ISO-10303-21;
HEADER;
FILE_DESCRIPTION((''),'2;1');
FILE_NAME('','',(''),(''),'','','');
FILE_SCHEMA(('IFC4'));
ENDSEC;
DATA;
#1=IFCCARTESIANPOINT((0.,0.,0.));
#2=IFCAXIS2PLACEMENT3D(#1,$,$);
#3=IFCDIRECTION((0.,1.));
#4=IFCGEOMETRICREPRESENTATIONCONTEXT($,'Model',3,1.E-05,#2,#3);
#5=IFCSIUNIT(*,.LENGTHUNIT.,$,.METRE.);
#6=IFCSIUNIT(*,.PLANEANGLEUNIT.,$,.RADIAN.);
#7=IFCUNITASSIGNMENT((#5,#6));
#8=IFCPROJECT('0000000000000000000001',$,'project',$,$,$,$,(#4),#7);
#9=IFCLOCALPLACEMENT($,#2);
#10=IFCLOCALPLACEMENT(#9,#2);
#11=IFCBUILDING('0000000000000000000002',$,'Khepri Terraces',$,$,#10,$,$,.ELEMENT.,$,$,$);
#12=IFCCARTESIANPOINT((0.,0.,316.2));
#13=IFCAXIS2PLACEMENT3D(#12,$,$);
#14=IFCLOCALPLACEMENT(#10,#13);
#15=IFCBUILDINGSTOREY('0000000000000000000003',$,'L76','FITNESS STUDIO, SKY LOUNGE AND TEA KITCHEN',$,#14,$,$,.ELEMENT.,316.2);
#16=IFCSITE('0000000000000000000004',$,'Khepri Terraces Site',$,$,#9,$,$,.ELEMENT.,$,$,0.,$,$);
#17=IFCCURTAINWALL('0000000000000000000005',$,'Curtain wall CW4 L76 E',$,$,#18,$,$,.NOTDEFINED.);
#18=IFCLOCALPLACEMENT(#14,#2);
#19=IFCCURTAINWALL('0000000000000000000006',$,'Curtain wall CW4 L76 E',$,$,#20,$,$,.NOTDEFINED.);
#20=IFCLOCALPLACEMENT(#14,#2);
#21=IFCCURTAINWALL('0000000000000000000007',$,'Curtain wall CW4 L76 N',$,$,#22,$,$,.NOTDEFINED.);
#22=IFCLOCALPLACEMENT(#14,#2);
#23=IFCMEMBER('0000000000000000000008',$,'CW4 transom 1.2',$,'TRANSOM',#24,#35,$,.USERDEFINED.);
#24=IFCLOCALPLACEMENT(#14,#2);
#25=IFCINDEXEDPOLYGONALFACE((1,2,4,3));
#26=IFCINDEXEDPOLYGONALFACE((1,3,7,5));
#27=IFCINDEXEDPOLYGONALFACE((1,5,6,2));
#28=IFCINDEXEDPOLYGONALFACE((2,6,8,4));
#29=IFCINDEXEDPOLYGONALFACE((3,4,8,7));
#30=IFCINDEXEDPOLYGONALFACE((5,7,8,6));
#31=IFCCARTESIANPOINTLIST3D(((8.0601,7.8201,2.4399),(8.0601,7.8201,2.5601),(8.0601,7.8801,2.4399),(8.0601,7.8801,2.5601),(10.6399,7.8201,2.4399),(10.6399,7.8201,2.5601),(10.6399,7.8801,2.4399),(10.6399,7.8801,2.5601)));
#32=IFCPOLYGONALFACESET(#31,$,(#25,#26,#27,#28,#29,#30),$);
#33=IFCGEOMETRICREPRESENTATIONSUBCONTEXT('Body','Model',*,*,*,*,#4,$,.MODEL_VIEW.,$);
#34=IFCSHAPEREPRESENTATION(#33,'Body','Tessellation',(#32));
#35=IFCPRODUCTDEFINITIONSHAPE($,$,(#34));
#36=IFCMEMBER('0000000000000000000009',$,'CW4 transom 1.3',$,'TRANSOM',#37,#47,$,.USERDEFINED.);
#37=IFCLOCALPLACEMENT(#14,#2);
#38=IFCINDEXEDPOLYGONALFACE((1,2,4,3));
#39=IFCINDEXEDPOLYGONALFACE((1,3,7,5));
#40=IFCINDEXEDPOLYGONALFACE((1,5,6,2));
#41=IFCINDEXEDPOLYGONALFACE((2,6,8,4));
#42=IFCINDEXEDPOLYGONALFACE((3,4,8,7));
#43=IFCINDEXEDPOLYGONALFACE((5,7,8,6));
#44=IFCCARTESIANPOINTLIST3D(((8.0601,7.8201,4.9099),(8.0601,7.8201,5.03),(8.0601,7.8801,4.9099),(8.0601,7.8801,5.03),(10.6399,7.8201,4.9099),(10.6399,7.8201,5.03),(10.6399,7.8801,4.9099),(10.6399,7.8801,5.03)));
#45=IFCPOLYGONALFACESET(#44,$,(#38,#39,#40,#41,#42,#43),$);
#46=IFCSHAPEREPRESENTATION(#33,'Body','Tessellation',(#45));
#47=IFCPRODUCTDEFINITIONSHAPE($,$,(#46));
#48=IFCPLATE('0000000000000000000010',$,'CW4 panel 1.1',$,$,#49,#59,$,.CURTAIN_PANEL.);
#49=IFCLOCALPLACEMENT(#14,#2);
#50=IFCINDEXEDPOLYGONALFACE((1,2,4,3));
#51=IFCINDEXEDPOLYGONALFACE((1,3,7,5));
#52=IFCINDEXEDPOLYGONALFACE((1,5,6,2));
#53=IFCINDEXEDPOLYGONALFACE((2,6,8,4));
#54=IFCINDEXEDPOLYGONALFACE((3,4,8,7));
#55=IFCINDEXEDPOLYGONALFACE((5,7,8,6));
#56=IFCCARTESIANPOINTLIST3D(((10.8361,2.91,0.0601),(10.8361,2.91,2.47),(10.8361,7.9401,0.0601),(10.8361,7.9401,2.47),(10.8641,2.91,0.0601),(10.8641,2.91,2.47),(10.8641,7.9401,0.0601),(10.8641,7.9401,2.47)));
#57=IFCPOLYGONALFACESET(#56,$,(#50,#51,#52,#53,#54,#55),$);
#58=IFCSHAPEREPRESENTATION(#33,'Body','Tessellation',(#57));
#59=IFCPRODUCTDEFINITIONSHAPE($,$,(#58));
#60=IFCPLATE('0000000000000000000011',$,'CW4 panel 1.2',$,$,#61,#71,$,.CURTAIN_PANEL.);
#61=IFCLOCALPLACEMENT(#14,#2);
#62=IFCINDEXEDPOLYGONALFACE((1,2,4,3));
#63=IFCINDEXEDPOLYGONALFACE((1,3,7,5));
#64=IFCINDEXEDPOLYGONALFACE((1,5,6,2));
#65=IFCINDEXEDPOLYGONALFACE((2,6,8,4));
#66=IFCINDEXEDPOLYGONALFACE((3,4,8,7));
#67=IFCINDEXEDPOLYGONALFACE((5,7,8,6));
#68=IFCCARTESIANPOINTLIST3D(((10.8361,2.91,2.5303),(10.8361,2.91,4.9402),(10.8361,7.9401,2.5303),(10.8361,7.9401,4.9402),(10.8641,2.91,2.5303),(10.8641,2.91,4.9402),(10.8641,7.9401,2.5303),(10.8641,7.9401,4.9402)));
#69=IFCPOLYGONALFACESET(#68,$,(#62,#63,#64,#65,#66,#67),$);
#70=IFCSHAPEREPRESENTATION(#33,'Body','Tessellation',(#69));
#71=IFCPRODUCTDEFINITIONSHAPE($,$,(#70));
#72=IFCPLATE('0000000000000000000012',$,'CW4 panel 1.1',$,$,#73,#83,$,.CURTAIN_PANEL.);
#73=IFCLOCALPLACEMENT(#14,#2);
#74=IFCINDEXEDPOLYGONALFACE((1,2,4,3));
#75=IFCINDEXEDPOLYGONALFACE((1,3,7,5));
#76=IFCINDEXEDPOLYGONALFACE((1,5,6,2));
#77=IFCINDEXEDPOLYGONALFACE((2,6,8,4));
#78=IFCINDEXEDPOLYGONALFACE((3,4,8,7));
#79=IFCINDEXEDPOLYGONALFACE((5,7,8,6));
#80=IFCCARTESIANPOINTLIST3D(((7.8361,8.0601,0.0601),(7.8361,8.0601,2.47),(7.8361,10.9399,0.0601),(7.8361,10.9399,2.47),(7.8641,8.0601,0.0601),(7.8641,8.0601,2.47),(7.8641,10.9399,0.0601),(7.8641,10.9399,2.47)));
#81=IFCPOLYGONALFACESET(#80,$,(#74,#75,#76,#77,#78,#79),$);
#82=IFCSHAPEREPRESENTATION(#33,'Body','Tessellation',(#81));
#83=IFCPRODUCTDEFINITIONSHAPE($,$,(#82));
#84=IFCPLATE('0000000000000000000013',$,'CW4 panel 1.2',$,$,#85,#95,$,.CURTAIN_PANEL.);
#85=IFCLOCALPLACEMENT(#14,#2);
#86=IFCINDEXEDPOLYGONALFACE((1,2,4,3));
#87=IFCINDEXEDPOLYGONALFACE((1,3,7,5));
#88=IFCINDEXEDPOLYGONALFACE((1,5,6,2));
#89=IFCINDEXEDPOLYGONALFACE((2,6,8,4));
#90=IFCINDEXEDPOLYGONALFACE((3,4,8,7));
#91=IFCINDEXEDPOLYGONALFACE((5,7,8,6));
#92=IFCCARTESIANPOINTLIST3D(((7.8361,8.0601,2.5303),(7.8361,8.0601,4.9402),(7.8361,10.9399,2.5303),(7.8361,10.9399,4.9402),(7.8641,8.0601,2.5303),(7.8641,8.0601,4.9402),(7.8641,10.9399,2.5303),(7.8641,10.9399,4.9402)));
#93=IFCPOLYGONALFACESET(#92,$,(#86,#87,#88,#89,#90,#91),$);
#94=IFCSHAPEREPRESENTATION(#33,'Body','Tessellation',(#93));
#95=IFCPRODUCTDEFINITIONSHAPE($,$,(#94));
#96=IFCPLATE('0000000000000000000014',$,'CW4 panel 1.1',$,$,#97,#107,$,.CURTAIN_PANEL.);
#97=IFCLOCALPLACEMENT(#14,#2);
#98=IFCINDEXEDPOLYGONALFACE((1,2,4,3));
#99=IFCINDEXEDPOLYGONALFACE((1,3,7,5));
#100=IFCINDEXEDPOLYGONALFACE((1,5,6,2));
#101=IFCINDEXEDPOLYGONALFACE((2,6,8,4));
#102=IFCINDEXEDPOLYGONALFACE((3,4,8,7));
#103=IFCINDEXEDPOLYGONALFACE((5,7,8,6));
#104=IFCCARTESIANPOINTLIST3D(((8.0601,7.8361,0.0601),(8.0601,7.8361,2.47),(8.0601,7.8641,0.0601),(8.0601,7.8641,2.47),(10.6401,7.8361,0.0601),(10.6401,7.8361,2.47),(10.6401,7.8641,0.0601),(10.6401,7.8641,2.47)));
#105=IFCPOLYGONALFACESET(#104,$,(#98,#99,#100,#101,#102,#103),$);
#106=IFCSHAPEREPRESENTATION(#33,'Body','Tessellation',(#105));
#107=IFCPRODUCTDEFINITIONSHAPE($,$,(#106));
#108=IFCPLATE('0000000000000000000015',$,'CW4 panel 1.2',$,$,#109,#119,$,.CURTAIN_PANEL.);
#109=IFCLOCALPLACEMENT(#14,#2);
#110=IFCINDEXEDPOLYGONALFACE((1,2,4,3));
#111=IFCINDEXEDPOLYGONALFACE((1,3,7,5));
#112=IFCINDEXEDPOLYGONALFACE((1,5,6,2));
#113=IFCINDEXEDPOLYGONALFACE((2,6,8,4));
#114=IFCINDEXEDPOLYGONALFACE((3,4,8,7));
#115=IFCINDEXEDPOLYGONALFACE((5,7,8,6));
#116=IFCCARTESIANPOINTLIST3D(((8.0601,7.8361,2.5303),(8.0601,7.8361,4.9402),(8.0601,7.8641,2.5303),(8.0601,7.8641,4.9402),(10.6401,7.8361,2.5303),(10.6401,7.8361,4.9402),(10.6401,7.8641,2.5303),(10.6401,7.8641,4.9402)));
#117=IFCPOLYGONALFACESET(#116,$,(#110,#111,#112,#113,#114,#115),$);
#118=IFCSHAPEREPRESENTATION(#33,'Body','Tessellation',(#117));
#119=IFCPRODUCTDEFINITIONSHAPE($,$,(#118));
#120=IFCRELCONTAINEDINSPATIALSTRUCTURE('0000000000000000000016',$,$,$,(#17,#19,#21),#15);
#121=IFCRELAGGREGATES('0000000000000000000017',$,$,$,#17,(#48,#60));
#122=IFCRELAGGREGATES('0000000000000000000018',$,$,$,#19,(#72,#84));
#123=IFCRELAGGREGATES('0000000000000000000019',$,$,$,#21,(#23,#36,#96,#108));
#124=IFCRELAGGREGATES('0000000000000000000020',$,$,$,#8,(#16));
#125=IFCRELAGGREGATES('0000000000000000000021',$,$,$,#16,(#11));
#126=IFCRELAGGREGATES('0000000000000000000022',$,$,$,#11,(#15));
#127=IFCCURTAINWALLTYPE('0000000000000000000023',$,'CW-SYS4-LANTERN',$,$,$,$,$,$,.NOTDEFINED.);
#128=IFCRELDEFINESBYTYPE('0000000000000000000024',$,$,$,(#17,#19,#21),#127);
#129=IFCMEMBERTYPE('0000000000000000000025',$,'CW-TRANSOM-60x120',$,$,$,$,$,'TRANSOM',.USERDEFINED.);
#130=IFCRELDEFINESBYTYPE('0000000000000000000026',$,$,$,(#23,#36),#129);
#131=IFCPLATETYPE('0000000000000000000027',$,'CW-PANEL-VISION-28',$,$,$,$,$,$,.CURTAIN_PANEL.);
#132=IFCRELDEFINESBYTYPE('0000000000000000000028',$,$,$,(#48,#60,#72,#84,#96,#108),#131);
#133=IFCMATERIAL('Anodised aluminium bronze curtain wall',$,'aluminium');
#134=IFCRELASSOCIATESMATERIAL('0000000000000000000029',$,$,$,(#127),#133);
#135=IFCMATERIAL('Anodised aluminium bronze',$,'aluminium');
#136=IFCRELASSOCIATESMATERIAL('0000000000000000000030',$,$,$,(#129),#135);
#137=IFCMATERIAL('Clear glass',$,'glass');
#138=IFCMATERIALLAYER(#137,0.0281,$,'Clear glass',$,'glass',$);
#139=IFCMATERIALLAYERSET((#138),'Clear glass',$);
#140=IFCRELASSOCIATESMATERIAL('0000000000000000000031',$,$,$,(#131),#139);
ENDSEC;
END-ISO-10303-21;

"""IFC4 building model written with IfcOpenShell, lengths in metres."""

from ifc_helpers import new_model, si_unit, direction, frame, origin, origin_2d, place, context, subcontext, project, spatial, rectangle, extrude, material, layer, layer_set, material_profile, profile_set, type_object, element, aggregate, save


model = new_model("IFC4")

# Units and contexts
model_context = context("Model", 3, precision=1e-05, world=origin(), true_north=direction((0.0, 1.0)))
body_context = subcontext(model_context, "Body", "Model", "MODEL_VIEW")
ifc_project = project(units=[si_unit("LENGTHUNIT", "METRE"), si_unit("PLANEANGLEUNIT", "RADIAN")], contexts=[model_context])

# Site, building, storey
site_placement = place(None, origin())
site = spatial("IfcSite", under=ifc_project, at=site_placement, Name="Khepri Terraces Site", CompositionType="ELEMENT", RefElevation=0.0)
building_placement = place(site_placement, origin())
building = spatial("IfcBuilding", under=site, at=building_placement, Name="Khepri Terraces", CompositionType="ELEMENT")
storey_placement = place(building_placement, frame((0.0, 0.0, 316.2)))
storey = spatial("IfcBuildingStorey", under=building, at=storey_placement, Name="L76", Description="FITNESS STUDIO, SKY LOUNGE AND TEA KITCHEN", CompositionType="ELEMENT", Elevation=316.2)

# Curtain walls
ifc_material_1 = material(Name="Anodised aluminium bronze curtain wall", Category="aluminium")
curtain_wall_type = type_object("IfcCurtainWallType", Name="CW-SYS4-LANTERN", PredefinedType="NOTDEFINED", material=ifc_material_1)
curtain_wall_1_placement = place(storey_placement, origin())
curtain_wall_1 = element("IfcCurtainWall", 1, at=curtain_wall_1_placement, inside=storey, type_object=curtain_wall_type, Name="Curtain wall CW4 L76 E", PredefinedType="NOTDEFINED")
ifc_material_2 = material(Name="Anodised aluminium bronze", Category="aluminium")
curtain_wall_2_placement = place(storey_placement, origin())
curtain_wall_2 = element("IfcCurtainWall", 2, at=curtain_wall_2_placement, inside=storey, type_object=curtain_wall_type, Name="Curtain wall CW4 L76 E", PredefinedType="NOTDEFINED")
curtain_wall_3_placement = place(storey_placement, origin())
curtain_wall_3 = element("IfcCurtainWall", 3, at=curtain_wall_3_placement, inside=storey, type_object=curtain_wall_type, Name="Curtain wall CW4 L76 N", PredefinedType="NOTDEFINED")

# Members
ifc_material_profile_1 = material_profile(ifc_material_2, rectangle(XDim=0.0601, YDim=0.1201, at=origin_2d()), Name="Anodised aluminium bronze", Category="aluminium")
ifc_profile_set_1 = profile_set([ifc_material_profile_1], Name="Anodised aluminium bronze")
member_type_1 = type_object("IfcMemberType", Name="CW-TRANSOM-60x120", ElementType="TRANSOM", PredefinedType="USERDEFINED", material=ifc_profile_set_1)
member_1_placement = place(storey_placement, frame((10.6399, 7.8501, 2.5), z_axis=(-1.0, 0.0, 0.0), x_axis=(0.0, -1.0, 0.0)))
member_1 = element("IfcMember", 4, at=member_1_placement, type_object=member_type_1, Name="CW4 transom 1.2", ObjectType="TRANSOM", PredefinedType="USERDEFINED", context=body_context, shape_type="SweptSolid", body=[
    extrude(rectangle(XDim=0.0601, YDim=0.1201, at=origin_2d()), origin(), (0.0, 0.0, 1.0), 2.5798),
])
member_2_placement = place(storey_placement, frame((10.6399, 7.8501, 4.97), z_axis=(-1.0, 0.0, 0.0), x_axis=(0.0, -1.0, 0.0)))
member_2 = element("IfcMember", 5, at=member_2_placement, type_object=member_type_1, Name="CW4 transom 1.3", ObjectType="TRANSOM", PredefinedType="USERDEFINED", context=body_context, shape_type="SweptSolid", body=[
    extrude(rectangle(XDim=0.0601, YDim=0.1201, at=origin_2d()), origin(), (0.0, 0.0, 1.0), 2.5798),
])

# Plates
ifc_material_3 = material(Name="Clear glass", Category="glass")
ifc_layer_1 = layer(ifc_material_3, 0.0281, Name="Clear glass", Category="glass")
ifc_layer_set_1 = layer_set([ifc_layer_1], Name="Clear glass")
plate_type = type_object("IfcPlateType", Name="CW-PANEL-VISION-28", PredefinedType="CURTAIN_PANEL", material=ifc_layer_set_1)
plate_1_placement = place(storey_placement, frame((10.8501, 5.425, 0.0601), z_axis=(0.0, 0.0, 1.0), x_axis=(0.0, 1.0, 0.0)))
plate_1 = element("IfcPlate", 6, at=plate_1_placement, type_object=plate_type, Name="CW4 panel 1.1", PredefinedType="CURTAIN_PANEL", context=body_context, shape_type="SweptSolid", body=[
    extrude(rectangle(XDim=5.03, YDim=0.0281, at=origin_2d()), origin(), (0.0, 0.0, 1.0), 2.4099),
])
plate_2_placement = place(storey_placement, frame((10.8501, 5.425, 2.5303), z_axis=(0.0, 0.0, 1.0), x_axis=(0.0, 1.0, 0.0)))
plate_2 = element("IfcPlate", 7, at=plate_2_placement, type_object=plate_type, Name="CW4 panel 1.2", PredefinedType="CURTAIN_PANEL", context=body_context, shape_type="SweptSolid", body=[
    extrude(rectangle(XDim=5.03, YDim=0.0281, at=origin_2d()), origin(), (0.0, 0.0, 1.0), 2.4099),
])
aggregate(curtain_wall_1, [plate_1, plate_2])
plate_3_placement = place(storey_placement, frame((7.8501, 9.5, 0.0601), z_axis=(0.0, 0.0, 1.0), x_axis=(0.0, 1.0, 0.0)))
plate_3 = element("IfcPlate", 8, at=plate_3_placement, type_object=plate_type, Name="CW4 panel 1.1", PredefinedType="CURTAIN_PANEL", context=body_context, shape_type="SweptSolid", body=[
    extrude(rectangle(XDim=2.8799, YDim=0.0281, at=origin_2d()), origin(), (0.0, 0.0, 1.0), 2.4099),
])
plate_4_placement = place(storey_placement, frame((7.8501, 9.5, 2.5303), z_axis=(0.0, 0.0, 1.0), x_axis=(0.0, 1.0, 0.0)))
plate_4 = element("IfcPlate", 9, at=plate_4_placement, type_object=plate_type, Name="CW4 panel 1.2", PredefinedType="CURTAIN_PANEL", context=body_context, shape_type="SweptSolid", body=[
    extrude(rectangle(XDim=2.8799, YDim=0.0281, at=origin_2d()), origin(), (0.0, 0.0, 1.0), 2.4099),
])
aggregate(curtain_wall_2, [plate_3, plate_4])
plate_5_placement = place(storey_placement, frame((9.3501, 7.8501, 0.0601), z_axis=(0.0, 0.0, 1.0), x_axis=(-1.0, 0.0, 0.0)))
plate_5 = element("IfcPlate", 10, at=plate_5_placement, type_object=plate_type, Name="CW4 panel 1.1", PredefinedType="CURTAIN_PANEL", context=body_context, shape_type="SweptSolid", body=[
    extrude(rectangle(XDim=2.5801, YDim=0.0281, at=origin_2d()), origin(), (0.0, 0.0, 1.0), 2.4099),
])
plate_6_placement = place(storey_placement, frame((9.3501, 7.8501, 2.5303), z_axis=(0.0, 0.0, 1.0), x_axis=(-1.0, 0.0, 0.0)))
plate_6 = element("IfcPlate", 11, at=plate_6_placement, type_object=plate_type, Name="CW4 panel 1.2", PredefinedType="CURTAIN_PANEL", context=body_context, shape_type="SweptSolid", body=[
    extrude(rectangle(XDim=2.5801, YDim=0.0281, at=origin_2d()), origin(), (0.0, 0.0, 1.0), 2.4099),
])
aggregate(curtain_wall_3, [member_1, member_2, plate_5, plate_6])

save(model, "model.ifc")
